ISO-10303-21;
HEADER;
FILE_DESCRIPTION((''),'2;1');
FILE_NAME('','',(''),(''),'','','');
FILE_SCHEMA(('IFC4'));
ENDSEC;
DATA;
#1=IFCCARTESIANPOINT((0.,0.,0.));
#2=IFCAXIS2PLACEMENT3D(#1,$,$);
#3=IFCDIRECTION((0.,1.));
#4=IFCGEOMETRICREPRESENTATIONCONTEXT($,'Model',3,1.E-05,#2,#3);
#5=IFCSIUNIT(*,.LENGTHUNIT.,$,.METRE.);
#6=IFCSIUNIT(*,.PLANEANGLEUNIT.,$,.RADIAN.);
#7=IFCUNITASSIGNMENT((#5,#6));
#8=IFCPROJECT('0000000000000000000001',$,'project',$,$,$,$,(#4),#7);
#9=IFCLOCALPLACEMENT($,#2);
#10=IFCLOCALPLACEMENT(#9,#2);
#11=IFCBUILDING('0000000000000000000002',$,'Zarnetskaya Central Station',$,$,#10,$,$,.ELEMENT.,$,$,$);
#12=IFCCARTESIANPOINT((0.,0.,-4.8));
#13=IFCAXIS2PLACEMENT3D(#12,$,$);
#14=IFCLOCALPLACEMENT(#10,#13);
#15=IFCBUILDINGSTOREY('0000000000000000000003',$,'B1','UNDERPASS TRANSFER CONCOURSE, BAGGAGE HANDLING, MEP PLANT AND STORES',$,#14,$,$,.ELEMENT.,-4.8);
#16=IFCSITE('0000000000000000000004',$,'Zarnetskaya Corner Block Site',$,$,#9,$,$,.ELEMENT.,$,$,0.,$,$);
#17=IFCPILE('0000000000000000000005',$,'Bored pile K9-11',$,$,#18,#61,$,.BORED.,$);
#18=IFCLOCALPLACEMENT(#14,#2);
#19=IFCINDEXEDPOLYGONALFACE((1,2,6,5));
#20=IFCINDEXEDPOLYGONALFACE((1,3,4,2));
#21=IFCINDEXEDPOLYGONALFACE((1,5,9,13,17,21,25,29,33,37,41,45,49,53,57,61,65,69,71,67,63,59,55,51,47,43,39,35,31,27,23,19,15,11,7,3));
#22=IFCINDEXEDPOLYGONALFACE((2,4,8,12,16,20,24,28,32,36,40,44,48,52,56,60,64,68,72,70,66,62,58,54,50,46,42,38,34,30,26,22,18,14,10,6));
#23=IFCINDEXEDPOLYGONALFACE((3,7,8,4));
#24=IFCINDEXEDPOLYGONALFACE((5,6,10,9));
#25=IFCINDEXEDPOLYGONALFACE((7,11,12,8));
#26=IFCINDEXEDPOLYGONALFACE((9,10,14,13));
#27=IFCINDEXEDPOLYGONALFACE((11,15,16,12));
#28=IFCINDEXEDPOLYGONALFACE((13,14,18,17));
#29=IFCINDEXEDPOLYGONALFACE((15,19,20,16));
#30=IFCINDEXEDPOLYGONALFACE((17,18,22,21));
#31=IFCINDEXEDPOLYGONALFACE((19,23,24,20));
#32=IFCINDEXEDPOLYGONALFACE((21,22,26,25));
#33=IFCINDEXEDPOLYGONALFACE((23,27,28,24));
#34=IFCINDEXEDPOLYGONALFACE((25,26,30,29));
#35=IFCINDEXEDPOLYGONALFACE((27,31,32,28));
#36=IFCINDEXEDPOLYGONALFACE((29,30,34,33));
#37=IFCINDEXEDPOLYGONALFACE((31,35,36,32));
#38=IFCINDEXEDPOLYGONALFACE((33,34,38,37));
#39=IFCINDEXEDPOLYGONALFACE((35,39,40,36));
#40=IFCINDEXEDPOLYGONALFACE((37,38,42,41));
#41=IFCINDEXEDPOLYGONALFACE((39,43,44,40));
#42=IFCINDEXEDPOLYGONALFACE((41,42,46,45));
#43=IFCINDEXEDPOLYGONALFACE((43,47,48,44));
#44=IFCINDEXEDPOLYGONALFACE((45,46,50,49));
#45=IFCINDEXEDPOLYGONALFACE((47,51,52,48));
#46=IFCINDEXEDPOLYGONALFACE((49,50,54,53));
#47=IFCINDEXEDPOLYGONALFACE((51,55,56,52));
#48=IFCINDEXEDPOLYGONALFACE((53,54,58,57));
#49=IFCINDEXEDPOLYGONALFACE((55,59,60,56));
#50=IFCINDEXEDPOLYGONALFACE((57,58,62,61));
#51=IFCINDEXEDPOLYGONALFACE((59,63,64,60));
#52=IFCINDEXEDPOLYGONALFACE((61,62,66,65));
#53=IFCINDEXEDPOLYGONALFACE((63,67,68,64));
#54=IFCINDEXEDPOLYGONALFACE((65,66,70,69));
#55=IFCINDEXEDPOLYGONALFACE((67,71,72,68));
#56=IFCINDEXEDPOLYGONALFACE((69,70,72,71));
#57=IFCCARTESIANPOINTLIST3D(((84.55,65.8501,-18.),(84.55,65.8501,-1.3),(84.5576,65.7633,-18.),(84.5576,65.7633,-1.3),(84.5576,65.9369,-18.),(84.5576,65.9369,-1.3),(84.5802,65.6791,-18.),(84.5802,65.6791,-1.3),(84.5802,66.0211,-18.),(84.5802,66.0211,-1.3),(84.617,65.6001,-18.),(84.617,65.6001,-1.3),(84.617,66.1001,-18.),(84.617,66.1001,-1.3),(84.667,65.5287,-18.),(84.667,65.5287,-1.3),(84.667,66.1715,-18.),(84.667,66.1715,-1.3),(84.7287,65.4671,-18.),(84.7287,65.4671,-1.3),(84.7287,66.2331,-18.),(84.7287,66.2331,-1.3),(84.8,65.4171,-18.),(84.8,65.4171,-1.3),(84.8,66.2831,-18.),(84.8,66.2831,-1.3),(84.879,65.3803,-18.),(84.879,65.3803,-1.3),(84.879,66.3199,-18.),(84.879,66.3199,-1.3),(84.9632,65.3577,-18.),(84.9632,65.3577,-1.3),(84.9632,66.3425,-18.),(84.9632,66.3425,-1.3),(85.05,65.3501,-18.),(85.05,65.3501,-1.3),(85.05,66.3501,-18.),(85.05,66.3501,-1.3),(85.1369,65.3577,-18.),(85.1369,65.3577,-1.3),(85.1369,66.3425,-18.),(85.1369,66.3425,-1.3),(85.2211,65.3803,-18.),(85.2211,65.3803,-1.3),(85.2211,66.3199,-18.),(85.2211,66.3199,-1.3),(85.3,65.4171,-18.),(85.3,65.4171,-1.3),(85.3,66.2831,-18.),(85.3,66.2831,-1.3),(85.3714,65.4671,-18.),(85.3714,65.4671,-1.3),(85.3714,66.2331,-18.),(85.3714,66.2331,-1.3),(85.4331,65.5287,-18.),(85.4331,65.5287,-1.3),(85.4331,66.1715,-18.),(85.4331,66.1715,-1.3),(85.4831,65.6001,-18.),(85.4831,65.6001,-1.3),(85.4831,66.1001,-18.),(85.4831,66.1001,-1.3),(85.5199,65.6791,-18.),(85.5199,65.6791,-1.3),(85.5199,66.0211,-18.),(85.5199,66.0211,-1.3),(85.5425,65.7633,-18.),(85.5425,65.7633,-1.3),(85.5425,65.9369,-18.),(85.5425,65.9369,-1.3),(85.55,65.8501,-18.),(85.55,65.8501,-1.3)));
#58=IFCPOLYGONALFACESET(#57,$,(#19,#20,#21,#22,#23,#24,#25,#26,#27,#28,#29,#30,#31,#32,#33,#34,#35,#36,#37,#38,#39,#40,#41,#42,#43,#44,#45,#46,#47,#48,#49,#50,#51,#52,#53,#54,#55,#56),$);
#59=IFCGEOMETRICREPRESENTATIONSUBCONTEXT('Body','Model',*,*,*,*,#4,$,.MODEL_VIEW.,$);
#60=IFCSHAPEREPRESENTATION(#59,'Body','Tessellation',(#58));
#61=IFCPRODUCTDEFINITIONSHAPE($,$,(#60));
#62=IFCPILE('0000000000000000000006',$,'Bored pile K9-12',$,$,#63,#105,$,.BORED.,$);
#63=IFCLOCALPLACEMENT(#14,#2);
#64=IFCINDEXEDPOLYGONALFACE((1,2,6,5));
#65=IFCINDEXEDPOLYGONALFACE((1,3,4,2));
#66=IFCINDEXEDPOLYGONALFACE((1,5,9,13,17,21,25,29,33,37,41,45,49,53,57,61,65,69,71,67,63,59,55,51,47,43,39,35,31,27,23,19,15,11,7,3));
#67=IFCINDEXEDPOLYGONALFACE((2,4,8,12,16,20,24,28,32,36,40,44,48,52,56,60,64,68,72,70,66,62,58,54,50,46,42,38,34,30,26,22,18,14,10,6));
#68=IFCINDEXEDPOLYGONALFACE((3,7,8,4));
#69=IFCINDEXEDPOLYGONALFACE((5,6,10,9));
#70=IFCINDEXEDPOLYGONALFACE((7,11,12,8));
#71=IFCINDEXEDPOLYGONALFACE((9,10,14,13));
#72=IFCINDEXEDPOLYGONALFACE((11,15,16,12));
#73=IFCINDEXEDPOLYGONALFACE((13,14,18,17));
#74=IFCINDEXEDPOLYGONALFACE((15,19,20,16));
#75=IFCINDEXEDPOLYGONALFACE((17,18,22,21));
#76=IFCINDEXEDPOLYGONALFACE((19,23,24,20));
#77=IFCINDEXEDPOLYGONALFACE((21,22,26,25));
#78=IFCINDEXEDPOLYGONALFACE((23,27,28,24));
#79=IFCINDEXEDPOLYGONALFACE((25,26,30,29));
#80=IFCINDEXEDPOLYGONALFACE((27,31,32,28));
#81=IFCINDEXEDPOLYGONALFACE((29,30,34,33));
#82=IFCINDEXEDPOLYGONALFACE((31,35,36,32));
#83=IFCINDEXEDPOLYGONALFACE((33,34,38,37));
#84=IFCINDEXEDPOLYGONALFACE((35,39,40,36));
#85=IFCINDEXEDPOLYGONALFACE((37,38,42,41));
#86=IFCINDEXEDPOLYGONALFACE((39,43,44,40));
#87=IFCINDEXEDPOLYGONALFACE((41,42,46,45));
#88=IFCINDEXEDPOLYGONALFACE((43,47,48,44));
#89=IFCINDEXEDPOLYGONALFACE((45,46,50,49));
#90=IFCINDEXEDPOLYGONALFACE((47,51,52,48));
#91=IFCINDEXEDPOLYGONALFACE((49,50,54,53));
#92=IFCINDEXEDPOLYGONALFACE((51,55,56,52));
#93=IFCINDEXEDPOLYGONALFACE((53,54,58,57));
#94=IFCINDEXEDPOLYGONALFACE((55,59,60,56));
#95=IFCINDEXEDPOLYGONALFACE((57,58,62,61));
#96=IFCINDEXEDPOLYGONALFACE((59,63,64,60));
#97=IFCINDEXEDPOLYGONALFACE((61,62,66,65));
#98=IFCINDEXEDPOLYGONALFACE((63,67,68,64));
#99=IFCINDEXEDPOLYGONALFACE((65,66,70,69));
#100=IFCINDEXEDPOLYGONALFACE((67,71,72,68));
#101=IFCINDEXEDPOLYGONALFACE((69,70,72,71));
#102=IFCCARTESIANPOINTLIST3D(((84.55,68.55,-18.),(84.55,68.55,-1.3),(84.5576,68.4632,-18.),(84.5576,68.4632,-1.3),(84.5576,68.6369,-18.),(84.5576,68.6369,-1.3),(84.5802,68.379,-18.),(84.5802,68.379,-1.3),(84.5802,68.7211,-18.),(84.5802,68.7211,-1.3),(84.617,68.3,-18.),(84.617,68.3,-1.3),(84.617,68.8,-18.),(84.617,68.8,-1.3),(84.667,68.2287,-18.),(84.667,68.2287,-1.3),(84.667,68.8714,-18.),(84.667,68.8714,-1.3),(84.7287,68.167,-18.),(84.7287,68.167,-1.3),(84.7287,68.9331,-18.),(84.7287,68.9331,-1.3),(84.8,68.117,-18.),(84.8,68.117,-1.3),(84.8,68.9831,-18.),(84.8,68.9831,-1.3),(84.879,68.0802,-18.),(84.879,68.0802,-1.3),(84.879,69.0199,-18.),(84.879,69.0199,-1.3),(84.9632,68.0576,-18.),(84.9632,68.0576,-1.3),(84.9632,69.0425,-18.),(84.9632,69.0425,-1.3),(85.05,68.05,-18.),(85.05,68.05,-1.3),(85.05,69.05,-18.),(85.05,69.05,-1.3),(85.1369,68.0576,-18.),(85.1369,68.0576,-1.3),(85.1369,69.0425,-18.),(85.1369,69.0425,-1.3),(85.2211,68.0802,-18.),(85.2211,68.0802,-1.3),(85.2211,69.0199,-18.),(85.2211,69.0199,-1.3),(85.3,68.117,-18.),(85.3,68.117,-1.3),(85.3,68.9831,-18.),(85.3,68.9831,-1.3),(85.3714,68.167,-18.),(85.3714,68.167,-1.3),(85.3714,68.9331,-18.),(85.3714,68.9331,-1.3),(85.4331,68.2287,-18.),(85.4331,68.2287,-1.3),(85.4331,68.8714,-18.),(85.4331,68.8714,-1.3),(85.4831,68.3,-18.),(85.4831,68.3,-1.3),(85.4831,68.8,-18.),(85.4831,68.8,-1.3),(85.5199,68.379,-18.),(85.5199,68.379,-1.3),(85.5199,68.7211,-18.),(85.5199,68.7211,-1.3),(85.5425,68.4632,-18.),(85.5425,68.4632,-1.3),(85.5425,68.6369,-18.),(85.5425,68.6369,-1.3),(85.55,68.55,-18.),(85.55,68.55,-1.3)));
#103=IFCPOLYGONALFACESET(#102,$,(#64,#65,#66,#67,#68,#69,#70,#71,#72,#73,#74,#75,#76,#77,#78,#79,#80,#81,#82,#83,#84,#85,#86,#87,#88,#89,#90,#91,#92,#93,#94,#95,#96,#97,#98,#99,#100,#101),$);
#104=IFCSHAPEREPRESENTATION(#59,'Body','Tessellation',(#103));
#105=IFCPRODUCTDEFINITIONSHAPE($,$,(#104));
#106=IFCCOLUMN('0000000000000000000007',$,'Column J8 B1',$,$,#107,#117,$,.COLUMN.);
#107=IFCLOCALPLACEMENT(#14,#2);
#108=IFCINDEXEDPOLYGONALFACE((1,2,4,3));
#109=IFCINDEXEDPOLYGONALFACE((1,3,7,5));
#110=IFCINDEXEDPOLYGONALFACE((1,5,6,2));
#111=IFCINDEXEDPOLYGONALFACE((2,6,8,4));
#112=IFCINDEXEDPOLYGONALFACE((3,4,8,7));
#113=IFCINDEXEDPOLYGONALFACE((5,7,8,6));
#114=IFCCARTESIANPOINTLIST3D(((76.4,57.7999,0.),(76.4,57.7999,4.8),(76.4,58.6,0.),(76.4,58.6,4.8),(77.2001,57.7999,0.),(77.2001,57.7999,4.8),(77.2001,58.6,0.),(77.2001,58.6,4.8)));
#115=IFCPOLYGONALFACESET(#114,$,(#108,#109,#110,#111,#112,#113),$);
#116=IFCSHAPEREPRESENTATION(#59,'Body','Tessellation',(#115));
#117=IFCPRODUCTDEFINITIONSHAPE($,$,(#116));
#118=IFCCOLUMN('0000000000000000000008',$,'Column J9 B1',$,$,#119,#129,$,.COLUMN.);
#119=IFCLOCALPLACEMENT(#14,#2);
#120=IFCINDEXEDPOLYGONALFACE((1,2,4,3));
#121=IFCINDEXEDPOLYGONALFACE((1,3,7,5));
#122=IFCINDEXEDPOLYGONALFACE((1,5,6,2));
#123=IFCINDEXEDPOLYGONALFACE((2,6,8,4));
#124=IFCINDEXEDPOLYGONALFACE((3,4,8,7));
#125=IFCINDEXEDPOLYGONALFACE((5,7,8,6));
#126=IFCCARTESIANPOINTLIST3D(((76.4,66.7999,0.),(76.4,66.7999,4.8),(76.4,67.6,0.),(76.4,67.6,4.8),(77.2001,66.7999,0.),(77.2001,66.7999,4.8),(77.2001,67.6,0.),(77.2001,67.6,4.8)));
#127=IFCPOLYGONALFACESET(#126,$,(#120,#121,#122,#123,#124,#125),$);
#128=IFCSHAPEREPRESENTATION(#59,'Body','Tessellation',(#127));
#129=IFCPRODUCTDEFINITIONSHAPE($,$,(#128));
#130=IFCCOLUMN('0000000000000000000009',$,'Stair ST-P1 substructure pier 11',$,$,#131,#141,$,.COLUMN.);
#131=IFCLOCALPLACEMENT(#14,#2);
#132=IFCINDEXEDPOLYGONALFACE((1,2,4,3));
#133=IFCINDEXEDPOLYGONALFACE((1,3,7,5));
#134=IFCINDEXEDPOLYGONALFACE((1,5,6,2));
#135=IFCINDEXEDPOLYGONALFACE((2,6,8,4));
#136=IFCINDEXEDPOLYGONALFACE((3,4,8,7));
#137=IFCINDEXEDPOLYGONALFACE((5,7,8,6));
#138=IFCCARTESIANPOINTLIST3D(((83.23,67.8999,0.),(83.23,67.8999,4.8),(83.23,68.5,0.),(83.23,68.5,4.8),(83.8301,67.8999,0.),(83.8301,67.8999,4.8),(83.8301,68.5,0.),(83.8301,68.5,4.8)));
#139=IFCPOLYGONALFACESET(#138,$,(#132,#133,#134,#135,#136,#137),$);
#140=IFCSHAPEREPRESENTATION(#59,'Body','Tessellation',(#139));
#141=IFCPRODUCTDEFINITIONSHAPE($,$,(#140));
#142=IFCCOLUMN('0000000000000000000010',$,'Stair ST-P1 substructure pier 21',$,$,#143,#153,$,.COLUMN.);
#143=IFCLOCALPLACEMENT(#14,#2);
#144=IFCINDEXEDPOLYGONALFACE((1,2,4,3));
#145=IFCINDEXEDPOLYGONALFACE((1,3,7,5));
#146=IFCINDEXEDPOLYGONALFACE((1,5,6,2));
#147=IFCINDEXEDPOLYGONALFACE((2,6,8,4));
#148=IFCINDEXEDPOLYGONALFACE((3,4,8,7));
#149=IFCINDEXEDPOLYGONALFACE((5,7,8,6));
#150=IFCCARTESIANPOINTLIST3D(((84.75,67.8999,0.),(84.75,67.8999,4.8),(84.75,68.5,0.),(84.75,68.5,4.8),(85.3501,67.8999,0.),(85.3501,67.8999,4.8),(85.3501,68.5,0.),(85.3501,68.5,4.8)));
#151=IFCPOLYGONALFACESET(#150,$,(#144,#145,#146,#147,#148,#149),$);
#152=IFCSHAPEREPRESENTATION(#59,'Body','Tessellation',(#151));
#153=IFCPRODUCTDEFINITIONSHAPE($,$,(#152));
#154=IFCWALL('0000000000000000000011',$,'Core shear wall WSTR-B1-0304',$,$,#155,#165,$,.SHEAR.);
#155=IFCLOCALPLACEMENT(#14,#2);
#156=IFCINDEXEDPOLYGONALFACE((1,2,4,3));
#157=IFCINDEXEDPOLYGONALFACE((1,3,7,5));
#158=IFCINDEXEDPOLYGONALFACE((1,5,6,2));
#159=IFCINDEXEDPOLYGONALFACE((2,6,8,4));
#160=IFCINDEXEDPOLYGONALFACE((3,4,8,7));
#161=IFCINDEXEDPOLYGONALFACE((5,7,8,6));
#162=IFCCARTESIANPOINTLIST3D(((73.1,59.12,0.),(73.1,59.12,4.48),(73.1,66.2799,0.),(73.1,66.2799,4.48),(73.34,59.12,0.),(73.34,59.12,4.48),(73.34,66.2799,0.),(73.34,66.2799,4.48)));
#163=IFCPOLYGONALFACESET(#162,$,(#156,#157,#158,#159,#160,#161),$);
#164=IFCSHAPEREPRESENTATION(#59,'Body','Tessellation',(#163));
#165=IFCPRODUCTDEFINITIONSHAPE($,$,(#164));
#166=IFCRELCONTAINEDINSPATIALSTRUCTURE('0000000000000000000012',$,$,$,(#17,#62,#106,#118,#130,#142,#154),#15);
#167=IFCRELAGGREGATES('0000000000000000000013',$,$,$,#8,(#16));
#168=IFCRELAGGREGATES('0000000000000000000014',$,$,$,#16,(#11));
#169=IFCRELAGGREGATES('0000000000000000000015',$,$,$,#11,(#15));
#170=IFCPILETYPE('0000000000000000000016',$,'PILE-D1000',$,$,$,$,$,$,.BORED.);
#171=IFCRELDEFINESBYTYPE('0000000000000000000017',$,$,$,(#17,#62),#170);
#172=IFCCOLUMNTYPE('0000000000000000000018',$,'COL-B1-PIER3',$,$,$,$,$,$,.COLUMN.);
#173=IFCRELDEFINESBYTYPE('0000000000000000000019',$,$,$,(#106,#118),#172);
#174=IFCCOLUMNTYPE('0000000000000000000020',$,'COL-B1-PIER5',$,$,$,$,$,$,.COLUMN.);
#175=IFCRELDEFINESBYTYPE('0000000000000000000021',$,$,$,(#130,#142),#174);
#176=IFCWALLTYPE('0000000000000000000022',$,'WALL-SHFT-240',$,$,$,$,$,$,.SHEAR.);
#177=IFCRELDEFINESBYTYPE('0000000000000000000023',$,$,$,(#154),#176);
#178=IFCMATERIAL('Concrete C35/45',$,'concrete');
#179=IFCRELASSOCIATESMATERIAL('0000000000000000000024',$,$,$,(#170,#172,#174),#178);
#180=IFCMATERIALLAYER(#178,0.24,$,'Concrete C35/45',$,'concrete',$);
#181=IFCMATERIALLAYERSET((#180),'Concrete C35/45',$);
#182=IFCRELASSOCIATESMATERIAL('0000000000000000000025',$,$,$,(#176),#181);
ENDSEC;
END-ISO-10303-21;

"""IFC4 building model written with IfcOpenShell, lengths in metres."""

from ifc_helpers import new_model, si_unit, direction, frame, frame_2d, origin, origin_2d, place, context, subcontext, project, spatial, rectangle, circle, extrude, material, layer, layer_set, material_profile, profile_set, type_object, element, save


model = new_model("IFC4")

# Units and contexts
model_context = context("Model", 3, precision=1e-05, world=origin(), true_north=direction((0.0, 1.0)))
body_context = subcontext(model_context, "Body", "Model", "MODEL_VIEW")
ifc_project = project(units=[si_unit("LENGTHUNIT", "METRE"), si_unit("PLANEANGLEUNIT", "RADIAN")], contexts=[model_context])

# Site, building, storey
site_placement = place(None, origin())
site = spatial("IfcSite", under=ifc_project, at=site_placement, Name="Zarnetskaya Corner Block Site", CompositionType="ELEMENT", RefElevation=0.0)
building_placement = place(site_placement, origin())
building = spatial("IfcBuilding", under=site, at=building_placement, Name="Zarnetskaya Central Station", CompositionType="ELEMENT")
storey_placement = place(building_placement, frame((0.0, 0.0, -4.8)))
storey = spatial("IfcBuildingStorey", under=building, at=storey_placement, Name="B1", Description="UNDERPASS TRANSFER CONCOURSE, BAGGAGE HANDLING, MEP PLANT AND STORES", CompositionType="ELEMENT", Elevation=-4.8)

# Shared definitions
ifc_material_1 = material(Name="Concrete C35/45", Category="concrete")

# Piles
ifc_material_profile_1 = material_profile(ifc_material_1, circle(Radius=0.5, at=origin_2d()), Name="BORED PILE D1000")
ifc_profile_set_1 = profile_set([ifc_material_profile_1], Name="Concrete C35/45")
pile_type = type_object("IfcPileType", Name="PILE-D1000", PredefinedType="BORED", material=ifc_profile_set_1)
for number, where, z_axis, x_axis, name in (
    (1, (85.05, 65.8501, -1.3), (0.0, 0.0, -1.0), (1.0, 0.0, 0.0), "Bored pile K9-11"),
    (2, (85.05, 68.55, -1.3), (0.0, 0.0, -1.0), (1.0, 0.0, 0.0), "Bored pile K9-12"),
):
    element("IfcPile", number, at=place(storey_placement, frame(where, z_axis=z_axis, x_axis=x_axis)), inside=storey, type_object=pile_type, Name=name, PredefinedType="BORED", context=body_context, shape_type="SweptSolid", body=[
        extrude(circle(Radius=0.5, at=origin_2d()), origin(), (0.0, 0.0, 1.0), 16.7),
    ])

# Columns
ifc_material_profile_2 = material_profile(ifc_material_1, rectangle(XDim=0.8, YDim=0.8, at=origin_2d()), Name="RC 800x800")
ifc_profile_set_2 = profile_set([ifc_material_profile_2], Name="Concrete C35/45")
column_type_1 = type_object("IfcColumnType", Name="COL-B1-PIER3", PredefinedType="COLUMN", material=ifc_profile_set_2)
for number, where, z_axis, x_axis, name in (
    (3, (76.8, 58.2, 0.0), (0.0, 0.0, 1.0), (1.0, 0.0, 0.0), "Column J8 B1"),
    (4, (76.8, 67.2, 0.0), (0.0, 0.0, 1.0), (1.0, 0.0, 0.0), "Column J9 B1"),
):
    element("IfcColumn", number, at=place(storey_placement, frame(where, z_axis=z_axis, x_axis=x_axis)), inside=storey, type_object=column_type_1, Name=name, PredefinedType="COLUMN", context=body_context, shape_type="SweptSolid", body=[
        extrude(rectangle(XDim=0.8, YDim=0.8, at=origin_2d()), origin(), (0.0, 0.0, 1.0), 4.8),
    ])
ifc_material_profile_3 = material_profile(ifc_material_1, rectangle(XDim=0.6001, YDim=0.6001, at=origin_2d()), Name="RC 600x600")
ifc_profile_set_3 = profile_set([ifc_material_profile_3], Name="Concrete C35/45")
column_type_2 = type_object("IfcColumnType", Name="COL-B1-PIER5", PredefinedType="COLUMN", material=ifc_profile_set_3)
for number, where, z_axis, x_axis, name in (
    (5, (83.53, 68.2, 0.0), (0.0, 0.0, 1.0), (1.0, 0.0, 0.0), "Stair ST-P1 substructure pier 11"),
    (6, (85.05, 68.2, 0.0), (0.0, 0.0, 1.0), (1.0, 0.0, 0.0), "Stair ST-P1 substructure pier 21"),
):
    element("IfcColumn", number, at=place(storey_placement, frame(where, z_axis=z_axis, x_axis=x_axis)), inside=storey, type_object=column_type_2, Name=name, PredefinedType="COLUMN", context=body_context, shape_type="SweptSolid", body=[
        extrude(rectangle(XDim=0.6001, YDim=0.6001, at=origin_2d()), origin(), (0.0, 0.0, 1.0), 4.8),
    ])

# Shared definitions
ifc_layer = layer(ifc_material_1, 0.24, Name="Concrete C35/45", Category="concrete")
ifc_layer_set = layer_set([ifc_layer], Name="Concrete C35/45")
wall_type = type_object("IfcWallType", Name="WALL-SHFT-240", PredefinedType="SHEAR", material=ifc_layer_set)

# Wall
wall_1_placement = place(storey_placement, frame((73.22, 66.28, 0.0), z_axis=(0.0, 0.0, 1.0), x_axis=(0.0, -1.0, 0.0)))
element("IfcWall", 7, at=wall_1_placement, inside=storey, type_object=wall_type, Name="Core shear wall WSTR-B1-0304", PredefinedType="SHEAR", context=body_context, shape_type="SweptSolid", body=[
    extrude(rectangle(XDim=7.1599, YDim=0.24, at=frame_2d((3.5801, 0.0))), origin(), (0.0, 0.0, 1.0), 4.48),
])

save(model, "model.ifc")
